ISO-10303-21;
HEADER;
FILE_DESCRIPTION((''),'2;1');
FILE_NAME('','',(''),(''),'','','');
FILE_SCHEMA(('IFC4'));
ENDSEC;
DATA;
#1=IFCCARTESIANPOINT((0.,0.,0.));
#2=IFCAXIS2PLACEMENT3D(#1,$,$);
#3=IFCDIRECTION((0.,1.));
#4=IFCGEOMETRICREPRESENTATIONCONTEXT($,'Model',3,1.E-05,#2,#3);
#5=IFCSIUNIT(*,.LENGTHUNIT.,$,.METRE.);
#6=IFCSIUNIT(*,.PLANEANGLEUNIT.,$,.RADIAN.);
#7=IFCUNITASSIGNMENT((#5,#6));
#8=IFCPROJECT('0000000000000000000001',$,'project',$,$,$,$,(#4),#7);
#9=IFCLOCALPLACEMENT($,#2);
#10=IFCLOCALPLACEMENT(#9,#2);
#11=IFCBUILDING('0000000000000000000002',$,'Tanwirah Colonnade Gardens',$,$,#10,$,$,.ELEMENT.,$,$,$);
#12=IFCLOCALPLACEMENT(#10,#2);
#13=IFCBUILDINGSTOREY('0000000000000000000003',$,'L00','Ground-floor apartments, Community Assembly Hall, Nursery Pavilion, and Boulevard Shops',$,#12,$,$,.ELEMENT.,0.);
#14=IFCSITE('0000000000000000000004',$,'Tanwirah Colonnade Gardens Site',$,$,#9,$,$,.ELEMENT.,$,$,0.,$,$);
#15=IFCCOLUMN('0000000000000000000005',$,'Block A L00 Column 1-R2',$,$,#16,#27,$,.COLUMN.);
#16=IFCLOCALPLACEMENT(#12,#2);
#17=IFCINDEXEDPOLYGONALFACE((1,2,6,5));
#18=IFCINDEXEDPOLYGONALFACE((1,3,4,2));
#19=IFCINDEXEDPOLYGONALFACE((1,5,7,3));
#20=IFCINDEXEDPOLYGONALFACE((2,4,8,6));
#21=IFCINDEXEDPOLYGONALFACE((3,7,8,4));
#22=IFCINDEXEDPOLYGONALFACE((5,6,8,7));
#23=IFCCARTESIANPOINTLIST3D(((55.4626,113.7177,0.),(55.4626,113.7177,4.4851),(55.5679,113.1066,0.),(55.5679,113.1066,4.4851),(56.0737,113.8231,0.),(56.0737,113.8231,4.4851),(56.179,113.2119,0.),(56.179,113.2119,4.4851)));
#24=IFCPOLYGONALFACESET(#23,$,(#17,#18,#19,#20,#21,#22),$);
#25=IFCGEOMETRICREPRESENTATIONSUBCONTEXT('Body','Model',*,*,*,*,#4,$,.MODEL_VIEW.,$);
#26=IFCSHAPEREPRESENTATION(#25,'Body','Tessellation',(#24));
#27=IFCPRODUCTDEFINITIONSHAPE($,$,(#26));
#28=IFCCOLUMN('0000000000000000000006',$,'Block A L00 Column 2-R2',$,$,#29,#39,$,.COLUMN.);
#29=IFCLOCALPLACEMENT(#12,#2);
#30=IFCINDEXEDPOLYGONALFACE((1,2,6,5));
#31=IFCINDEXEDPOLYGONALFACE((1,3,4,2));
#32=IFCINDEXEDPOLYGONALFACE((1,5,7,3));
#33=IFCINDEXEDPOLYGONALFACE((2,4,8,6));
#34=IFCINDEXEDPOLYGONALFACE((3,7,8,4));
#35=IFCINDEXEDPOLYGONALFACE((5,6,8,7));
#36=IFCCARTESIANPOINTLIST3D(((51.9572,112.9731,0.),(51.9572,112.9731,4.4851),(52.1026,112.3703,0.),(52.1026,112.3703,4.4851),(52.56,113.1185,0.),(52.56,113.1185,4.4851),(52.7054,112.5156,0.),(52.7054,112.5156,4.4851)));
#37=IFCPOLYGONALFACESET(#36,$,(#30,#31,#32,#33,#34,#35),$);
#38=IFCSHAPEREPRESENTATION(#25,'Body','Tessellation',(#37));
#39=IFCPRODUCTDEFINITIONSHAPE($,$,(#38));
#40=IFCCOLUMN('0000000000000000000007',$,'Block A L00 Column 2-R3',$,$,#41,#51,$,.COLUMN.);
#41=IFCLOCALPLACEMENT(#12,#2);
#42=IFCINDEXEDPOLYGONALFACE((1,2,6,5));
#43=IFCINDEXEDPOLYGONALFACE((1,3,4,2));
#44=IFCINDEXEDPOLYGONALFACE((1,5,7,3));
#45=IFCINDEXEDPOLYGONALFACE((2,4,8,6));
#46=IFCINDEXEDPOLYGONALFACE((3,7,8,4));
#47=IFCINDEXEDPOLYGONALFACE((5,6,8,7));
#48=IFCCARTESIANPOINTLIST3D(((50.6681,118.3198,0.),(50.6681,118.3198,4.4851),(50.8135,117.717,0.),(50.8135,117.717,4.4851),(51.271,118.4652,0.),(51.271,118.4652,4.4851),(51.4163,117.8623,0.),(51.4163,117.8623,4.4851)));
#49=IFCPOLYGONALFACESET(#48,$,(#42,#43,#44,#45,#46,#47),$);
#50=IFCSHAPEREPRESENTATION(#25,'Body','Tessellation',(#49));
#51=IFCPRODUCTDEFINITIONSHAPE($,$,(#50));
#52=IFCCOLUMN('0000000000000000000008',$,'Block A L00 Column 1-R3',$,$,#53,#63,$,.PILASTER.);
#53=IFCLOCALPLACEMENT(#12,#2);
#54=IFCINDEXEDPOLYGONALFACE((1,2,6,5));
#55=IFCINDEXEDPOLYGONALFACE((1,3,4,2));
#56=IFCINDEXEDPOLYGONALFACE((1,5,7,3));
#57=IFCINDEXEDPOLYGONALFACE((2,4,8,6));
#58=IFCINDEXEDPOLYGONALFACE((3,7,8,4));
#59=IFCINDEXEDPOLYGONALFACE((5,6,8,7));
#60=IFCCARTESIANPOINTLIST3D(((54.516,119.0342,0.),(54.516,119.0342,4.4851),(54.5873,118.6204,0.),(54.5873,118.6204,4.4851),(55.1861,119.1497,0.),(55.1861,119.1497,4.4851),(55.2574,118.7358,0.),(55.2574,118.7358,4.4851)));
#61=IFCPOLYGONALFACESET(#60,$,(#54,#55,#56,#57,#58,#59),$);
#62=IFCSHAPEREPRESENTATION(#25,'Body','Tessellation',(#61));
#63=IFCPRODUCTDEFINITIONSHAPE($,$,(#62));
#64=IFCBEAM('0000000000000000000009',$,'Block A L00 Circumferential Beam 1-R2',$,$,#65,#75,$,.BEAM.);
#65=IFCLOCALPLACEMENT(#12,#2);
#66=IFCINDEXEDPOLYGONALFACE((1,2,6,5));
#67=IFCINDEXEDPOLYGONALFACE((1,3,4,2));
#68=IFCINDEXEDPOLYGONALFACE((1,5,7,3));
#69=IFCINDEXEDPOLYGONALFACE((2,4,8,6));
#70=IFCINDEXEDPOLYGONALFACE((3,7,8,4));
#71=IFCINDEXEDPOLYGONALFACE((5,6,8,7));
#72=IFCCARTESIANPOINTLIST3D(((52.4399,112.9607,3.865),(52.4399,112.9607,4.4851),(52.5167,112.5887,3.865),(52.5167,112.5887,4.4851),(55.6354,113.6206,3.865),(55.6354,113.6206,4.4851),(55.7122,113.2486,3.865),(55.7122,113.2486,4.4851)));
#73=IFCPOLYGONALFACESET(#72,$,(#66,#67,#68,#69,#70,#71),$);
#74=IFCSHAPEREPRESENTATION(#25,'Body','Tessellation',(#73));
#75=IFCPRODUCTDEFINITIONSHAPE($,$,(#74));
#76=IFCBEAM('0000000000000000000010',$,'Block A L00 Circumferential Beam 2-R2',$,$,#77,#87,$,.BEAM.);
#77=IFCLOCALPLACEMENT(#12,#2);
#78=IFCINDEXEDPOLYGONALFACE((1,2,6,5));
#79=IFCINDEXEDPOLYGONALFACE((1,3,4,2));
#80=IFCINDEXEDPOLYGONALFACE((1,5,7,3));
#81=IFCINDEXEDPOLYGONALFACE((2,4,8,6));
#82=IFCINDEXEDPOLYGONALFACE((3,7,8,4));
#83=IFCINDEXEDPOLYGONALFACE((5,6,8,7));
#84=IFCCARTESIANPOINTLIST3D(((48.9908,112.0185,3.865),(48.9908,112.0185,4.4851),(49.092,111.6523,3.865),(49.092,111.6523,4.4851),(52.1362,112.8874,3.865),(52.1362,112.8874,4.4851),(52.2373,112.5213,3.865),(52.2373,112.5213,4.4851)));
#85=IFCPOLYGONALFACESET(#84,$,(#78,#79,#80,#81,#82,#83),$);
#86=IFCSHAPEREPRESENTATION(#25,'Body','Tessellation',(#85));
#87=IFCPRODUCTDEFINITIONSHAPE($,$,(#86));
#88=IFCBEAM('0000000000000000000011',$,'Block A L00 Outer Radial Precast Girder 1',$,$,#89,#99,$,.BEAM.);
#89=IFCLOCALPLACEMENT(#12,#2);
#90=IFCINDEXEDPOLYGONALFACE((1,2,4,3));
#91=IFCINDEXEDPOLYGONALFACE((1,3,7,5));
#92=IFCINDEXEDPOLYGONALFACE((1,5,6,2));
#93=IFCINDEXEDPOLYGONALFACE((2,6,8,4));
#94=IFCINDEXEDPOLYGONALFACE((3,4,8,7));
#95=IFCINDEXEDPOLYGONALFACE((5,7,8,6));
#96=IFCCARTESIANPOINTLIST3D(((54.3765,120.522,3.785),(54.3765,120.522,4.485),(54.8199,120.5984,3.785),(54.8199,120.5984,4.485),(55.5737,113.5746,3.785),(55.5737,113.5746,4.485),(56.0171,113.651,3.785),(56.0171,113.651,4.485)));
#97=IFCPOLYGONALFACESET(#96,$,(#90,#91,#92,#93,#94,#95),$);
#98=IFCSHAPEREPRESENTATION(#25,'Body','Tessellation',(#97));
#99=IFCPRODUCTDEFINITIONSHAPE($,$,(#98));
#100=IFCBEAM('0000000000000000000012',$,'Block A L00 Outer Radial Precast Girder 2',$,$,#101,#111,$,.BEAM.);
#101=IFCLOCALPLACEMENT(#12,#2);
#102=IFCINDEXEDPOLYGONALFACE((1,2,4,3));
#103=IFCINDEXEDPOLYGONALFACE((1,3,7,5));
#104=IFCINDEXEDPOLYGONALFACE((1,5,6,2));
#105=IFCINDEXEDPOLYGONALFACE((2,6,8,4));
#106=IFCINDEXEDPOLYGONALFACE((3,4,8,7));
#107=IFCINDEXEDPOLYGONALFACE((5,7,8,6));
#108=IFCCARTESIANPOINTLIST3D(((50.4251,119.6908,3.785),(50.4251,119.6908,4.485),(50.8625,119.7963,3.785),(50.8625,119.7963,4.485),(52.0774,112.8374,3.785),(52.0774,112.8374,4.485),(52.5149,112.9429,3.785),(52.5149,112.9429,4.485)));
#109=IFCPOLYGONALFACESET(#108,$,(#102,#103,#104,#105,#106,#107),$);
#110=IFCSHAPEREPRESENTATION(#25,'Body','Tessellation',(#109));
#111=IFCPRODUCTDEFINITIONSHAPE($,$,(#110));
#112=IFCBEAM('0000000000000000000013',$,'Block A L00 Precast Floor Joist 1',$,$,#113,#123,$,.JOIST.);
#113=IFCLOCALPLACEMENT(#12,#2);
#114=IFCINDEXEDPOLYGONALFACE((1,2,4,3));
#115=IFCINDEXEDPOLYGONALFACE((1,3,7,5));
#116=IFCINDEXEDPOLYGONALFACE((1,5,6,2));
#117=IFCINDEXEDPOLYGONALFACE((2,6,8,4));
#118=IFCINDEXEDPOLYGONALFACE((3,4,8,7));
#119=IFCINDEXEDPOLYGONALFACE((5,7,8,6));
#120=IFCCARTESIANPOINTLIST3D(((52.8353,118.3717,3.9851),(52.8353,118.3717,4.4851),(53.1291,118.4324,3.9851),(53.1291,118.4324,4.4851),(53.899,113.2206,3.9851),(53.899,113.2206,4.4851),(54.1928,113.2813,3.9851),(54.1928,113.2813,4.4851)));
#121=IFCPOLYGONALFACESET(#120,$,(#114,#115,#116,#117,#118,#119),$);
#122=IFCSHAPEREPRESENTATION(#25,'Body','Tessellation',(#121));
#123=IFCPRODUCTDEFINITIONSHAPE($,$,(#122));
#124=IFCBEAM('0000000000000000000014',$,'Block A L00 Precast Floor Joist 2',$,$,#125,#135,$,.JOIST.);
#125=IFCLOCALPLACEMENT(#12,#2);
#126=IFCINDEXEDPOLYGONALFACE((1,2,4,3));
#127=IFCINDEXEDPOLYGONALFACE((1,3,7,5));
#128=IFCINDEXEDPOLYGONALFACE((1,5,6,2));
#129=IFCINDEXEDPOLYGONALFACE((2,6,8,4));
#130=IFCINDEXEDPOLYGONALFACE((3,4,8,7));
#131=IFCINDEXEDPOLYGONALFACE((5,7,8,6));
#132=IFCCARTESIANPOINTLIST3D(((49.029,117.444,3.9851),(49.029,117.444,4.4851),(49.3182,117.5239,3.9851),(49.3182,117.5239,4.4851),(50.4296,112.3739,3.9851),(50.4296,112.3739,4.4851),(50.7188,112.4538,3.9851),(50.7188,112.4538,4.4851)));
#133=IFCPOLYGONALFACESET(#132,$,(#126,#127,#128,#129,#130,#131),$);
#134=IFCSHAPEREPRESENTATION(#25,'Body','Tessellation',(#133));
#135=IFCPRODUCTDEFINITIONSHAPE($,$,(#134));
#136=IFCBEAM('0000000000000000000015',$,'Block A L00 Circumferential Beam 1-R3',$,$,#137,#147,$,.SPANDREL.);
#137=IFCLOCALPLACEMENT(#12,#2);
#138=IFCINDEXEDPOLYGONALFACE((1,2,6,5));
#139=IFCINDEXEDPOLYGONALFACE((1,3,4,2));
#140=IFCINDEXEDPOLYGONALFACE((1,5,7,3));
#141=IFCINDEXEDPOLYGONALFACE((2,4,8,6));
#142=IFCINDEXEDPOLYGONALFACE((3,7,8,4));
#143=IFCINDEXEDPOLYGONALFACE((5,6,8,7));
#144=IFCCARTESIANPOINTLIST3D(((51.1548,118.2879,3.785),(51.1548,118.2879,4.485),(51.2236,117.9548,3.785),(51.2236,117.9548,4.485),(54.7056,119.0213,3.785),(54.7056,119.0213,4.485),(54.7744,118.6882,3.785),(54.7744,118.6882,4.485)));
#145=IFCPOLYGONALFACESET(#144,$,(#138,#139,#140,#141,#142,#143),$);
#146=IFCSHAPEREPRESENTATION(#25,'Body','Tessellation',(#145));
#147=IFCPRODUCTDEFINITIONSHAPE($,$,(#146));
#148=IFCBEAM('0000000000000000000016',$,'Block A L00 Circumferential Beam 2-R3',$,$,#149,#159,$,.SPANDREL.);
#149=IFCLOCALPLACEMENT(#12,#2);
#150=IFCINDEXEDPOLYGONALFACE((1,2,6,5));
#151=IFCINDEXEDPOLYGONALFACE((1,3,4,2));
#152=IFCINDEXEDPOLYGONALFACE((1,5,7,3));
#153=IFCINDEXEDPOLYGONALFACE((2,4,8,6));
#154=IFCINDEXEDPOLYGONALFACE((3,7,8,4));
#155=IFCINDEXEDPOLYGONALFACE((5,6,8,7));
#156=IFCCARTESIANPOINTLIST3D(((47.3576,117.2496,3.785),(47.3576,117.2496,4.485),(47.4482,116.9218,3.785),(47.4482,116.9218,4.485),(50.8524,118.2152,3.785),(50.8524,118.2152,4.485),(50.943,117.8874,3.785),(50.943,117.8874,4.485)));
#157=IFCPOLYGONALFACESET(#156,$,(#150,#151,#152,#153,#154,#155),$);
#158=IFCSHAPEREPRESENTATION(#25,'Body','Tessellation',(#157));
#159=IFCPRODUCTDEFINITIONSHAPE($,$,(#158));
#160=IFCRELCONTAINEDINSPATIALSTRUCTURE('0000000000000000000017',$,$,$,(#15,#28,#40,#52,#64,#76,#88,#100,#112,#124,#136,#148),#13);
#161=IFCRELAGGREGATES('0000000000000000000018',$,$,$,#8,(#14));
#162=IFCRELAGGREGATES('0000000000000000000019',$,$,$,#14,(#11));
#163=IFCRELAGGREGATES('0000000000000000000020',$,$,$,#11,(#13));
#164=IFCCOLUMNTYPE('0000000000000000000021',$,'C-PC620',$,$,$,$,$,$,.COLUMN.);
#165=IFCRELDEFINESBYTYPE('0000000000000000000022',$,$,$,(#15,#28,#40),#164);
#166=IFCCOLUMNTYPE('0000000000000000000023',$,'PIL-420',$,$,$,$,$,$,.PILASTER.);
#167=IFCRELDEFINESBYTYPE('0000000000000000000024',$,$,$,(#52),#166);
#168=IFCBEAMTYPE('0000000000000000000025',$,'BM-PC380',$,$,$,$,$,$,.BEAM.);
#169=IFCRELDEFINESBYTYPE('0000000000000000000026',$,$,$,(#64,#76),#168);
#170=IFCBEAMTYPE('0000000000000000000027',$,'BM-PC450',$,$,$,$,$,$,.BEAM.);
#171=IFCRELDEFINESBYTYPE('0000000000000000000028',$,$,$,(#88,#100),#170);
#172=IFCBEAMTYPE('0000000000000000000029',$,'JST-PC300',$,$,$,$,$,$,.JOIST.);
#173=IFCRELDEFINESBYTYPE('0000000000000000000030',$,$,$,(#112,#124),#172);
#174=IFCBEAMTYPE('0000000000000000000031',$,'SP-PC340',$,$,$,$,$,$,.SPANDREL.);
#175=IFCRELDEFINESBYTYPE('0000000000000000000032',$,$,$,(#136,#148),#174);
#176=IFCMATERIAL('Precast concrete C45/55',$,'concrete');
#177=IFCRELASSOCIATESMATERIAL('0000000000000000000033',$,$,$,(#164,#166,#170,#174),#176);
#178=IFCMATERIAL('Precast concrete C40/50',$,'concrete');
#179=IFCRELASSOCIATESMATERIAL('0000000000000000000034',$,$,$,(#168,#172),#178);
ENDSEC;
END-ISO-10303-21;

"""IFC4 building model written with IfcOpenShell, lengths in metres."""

from ifc_helpers import new_model, si_unit, direction, frame, origin, origin_2d, place, context, subcontext, project, spatial, rectangle, extrude, material, material_profile, profile_set, type_object, element, save


model = new_model("IFC4")

# Units and contexts
model_context = context("Model", 3, precision=1e-05, world=origin(), true_north=direction((0.0, 1.0)))
body_context = subcontext(model_context, "Body", "Model", "MODEL_VIEW")
ifc_project = project(units=[si_unit("LENGTHUNIT", "METRE"), si_unit("PLANEANGLEUNIT", "RADIAN")], contexts=[model_context])

# Site, building, storey
site_placement = place(None, origin())
site = spatial("IfcSite", under=ifc_project, at=site_placement, Name="Tanwirah Colonnade Gardens Site", CompositionType="ELEMENT", RefElevation=0.0)
building_placement = place(site_placement, origin())
building = spatial("IfcBuilding", under=site, at=building_placement, Name="Tanwirah Colonnade Gardens", CompositionType="ELEMENT")
storey_placement = place(building_placement, origin())
storey = spatial("IfcBuildingStorey", under=building, at=storey_placement, Name="L00", Description="Ground-floor apartments, Community Assembly Hall, Nursery Pavilion, and Boulevard Shops", CompositionType="ELEMENT", Elevation=0.0)

# Columns
ifc_material_1 = material(Name="Precast concrete C45/55", Category="concrete")
ifc_material_profile_1 = material_profile(ifc_material_1, rectangle(XDim=0.6201, YDim=0.6201, at=origin_2d()), Name="PC-COL 620x620")
ifc_profile_set_1 = profile_set([ifc_material_profile_1], Name="Precast concrete C45/55")
column_type_1 = type_object("IfcColumnType", Name="C-PC620", PredefinedType="COLUMN", material=ifc_profile_set_1)
for number, where, z_axis, x_axis, name in (
    (1, (55.8208, 113.4648, 0.0), (0.0, 0.0, 1.0), (-0.169827, 0.985474, 0.0), "Block A L00 Column 1-R2"),
    (2, (52.3313, 112.7444, 0.0), (0.0, 0.0, 1.0), (-0.234388, 0.972143, 0.0), "Block A L00 Column 2-R2"),
    (3, (51.0422, 118.0911, 0.0), (0.0, 0.0, 1.0), (-0.234388, 0.972143, 0.0), "Block A L00 Column 2-R3"),
):
    element("IfcColumn", number, at=place(storey_placement, frame(where, z_axis=z_axis, x_axis=x_axis)), inside=storey, type_object=column_type_1, Name=name, PredefinedType="COLUMN", context=body_context, shape_type="SweptSolid", body=[
        extrude(rectangle(XDim=0.6201, YDim=0.6201, at=origin_2d()), origin(), (0.0, 0.0, 1.0), 4.4851),
    ])
ifc_material_profile_2 = material_profile(ifc_material_1, rectangle(XDim=0.4199, YDim=0.6799, at=origin_2d()), Name="PC-PIL 420x680")
ifc_profile_set_2 = profile_set([ifc_material_profile_2], Name="Precast concrete C45/55")
column_type_2 = type_object("IfcColumnType", Name="PIL-420", PredefinedType="PILASTER", material=ifc_profile_set_2)
column_placement = place(storey_placement, frame((54.8867, 118.885, 0.0), z_axis=(0.0, 0.0, 1.0), x_axis=(-0.169827, 0.985474, 0.0)))
element("IfcColumn", 4, at=column_placement, inside=storey, type_object=column_type_2, Name="Block A L00 Column 1-R3", PredefinedType="PILASTER", context=body_context, shape_type="SweptSolid", body=[
    extrude(rectangle(XDim=0.4199, YDim=0.6799, at=origin_2d()), origin(), (0.0, 0.0, 1.0), 4.4851),
])

# Beams
ifc_material_2 = material(Name="Precast concrete C40/50", Category="concrete")
ifc_material_profile_3 = material_profile(ifc_material_2, rectangle(XDim=0.3799, YDim=0.6201, at=origin_2d()), Name="PC-BM 380x620")
ifc_profile_set_3 = profile_set([ifc_material_profile_3], Name="Precast concrete C40/50")
beam_type_1 = type_object("IfcBeamType", Name="BM-PC380", PredefinedType="BEAM", material=ifc_profile_set_3)
beam_1_placement = place(storey_placement, frame((55.6738, 113.4346, 4.175), z_axis=(-0.979336, -0.202242, 0.0), x_axis=(0.202242, -0.979336, 0.0)))
element("IfcBeam", 5, at=beam_1_placement, inside=storey, type_object=beam_type_1, Name="Block A L00 Circumferential Beam 1-R2", PredefinedType="BEAM", context=body_context, shape_type="SweptSolid", body=[
    extrude(rectangle(XDim=0.3799, YDim=0.6201, at=origin_2d()), origin(), (0.0, 0.0, 1.0), 3.2629),
])
beam_2_placement = place(storey_placement, frame((52.1868, 112.7043, 4.175), z_axis=(-0.963895, -0.266281, 0.0), x_axis=(0.266281, -0.963895, 0.0)))
element("IfcBeam", 6, at=beam_2_placement, inside=storey, type_object=beam_type_1, Name="Block A L00 Circumferential Beam 2-R2", PredefinedType="BEAM", context=body_context, shape_type="SweptSolid", body=[
    extrude(rectangle(XDim=0.3799, YDim=0.6201, at=origin_2d()), origin(), (0.0, 0.0, 1.0), 3.2632),
])
ifc_material_profile_4 = material_profile(ifc_material_1, rectangle(XDim=0.45, YDim=0.7, at=origin_2d()), Name="PC-BM 450x700")
ifc_profile_set_4 = profile_set([ifc_material_profile_4], Name="Precast concrete C45/55")
beam_type_2 = type_object("IfcBeamType", Name="BM-PC450", PredefinedType="BEAM", material=ifc_profile_set_4)
for number, where, z_axis, x_axis, name in (
    (7, (55.7954, 113.6128, 4.135), (-0.169827, 0.985474, 0.0), (-0.985474, -0.169827, 0.0), "Block A L00 Outer Radial Precast Girder 1"),
    (8, (52.2961, 112.8901, 4.135), (-0.234379, 0.972145, 0.0), (-0.972145, -0.234379, 0.0), "Block A L00 Outer Radial Precast Girder 2"),
):
    element("IfcBeam", number, at=place(storey_placement, frame(where, z_axis=z_axis, x_axis=x_axis)), inside=storey, type_object=beam_type_2, Name=name, PredefinedType="BEAM", context=body_context, shape_type="SweptSolid", body=[
        extrude(rectangle(XDim=0.45, YDim=0.7, at=origin_2d()), origin(), (0.0, 0.0, 1.0), 7.0498),
    ])
ifc_material_profile_5 = material_profile(ifc_material_2, rectangle(XDim=0.3, YDim=0.5, at=origin_2d()), Name="PC-JST 300x500")
ifc_profile_set_5 = profile_set([ifc_material_profile_5], Name="Precast concrete C40/50")
beam_type_3 = type_object("IfcBeamType", Name="JST-PC300", PredefinedType="JOIST", material=ifc_profile_set_5)
beam_3_placement = place(storey_placement, frame((54.0459, 113.251, 4.2351), z_axis=(-0.202236, 0.979337, 0.0), x_axis=(-0.979337, -0.202236, 0.0)))
element("IfcBeam", 9, at=beam_3_placement, inside=storey, type_object=beam_type_3, Name="Block A L00 Precast Floor Joist 1", PredefinedType="JOIST", context=body_context, shape_type="SweptSolid", body=[
    extrude(rectangle(XDim=0.3, YDim=0.5, at=origin_2d()), origin(), (0.0, 0.0, 1.0), 5.2598),
])
beam_4_placement = place(storey_placement, frame((50.5742, 112.4138, 4.2351), z_axis=(-0.266281, 0.963895, 0.0), x_axis=(-0.963895, -0.266281, 0.0)))
element("IfcBeam", 10, at=beam_4_placement, inside=storey, type_object=beam_type_3, Name="Block A L00 Precast Floor Joist 2", PredefinedType="JOIST", context=body_context, shape_type="SweptSolid", body=[
    extrude(rectangle(XDim=0.3, YDim=0.5, at=origin_2d()), origin(), (0.0, 0.0, 1.0), 5.26),
])
ifc_material_profile_6 = material_profile(ifc_material_1, rectangle(XDim=0.3401, YDim=0.7, at=origin_2d()), Name="PC-SP 340x700")
ifc_profile_set_6 = profile_set([ifc_material_profile_6], Name="Precast concrete C45/55")
beam_type_4 = type_object("IfcBeamType", Name="SP-PC340", PredefinedType="SPANDREL", material=ifc_profile_set_6)
for number, where, z_axis, x_axis, name in (
    (11, (54.74, 118.8547, 4.135), (-0.979329, -0.202276, 0.0), (0.202276, -0.979329, 0.0), "Block A L00 Circumferential Beam 1-R3"),
    (12, (50.8977, 118.0513, 4.135), (-0.963888, -0.266307, 0.0), (0.266307, -0.963888, 0.0), "Block A L00 Circumferential Beam 2-R3"),
):
    element("IfcBeam", number, at=place(storey_placement, frame(where, z_axis=z_axis, x_axis=x_axis)), inside=storey, type_object=beam_type_4, Name=name, PredefinedType="SPANDREL", context=body_context, shape_type="SweptSolid", body=[
        extrude(rectangle(XDim=0.3401, YDim=0.7, at=origin_2d()), origin(), (0.0, 0.0, 1.0), 3.6257),
    ])

save(model, "model.ifc")
